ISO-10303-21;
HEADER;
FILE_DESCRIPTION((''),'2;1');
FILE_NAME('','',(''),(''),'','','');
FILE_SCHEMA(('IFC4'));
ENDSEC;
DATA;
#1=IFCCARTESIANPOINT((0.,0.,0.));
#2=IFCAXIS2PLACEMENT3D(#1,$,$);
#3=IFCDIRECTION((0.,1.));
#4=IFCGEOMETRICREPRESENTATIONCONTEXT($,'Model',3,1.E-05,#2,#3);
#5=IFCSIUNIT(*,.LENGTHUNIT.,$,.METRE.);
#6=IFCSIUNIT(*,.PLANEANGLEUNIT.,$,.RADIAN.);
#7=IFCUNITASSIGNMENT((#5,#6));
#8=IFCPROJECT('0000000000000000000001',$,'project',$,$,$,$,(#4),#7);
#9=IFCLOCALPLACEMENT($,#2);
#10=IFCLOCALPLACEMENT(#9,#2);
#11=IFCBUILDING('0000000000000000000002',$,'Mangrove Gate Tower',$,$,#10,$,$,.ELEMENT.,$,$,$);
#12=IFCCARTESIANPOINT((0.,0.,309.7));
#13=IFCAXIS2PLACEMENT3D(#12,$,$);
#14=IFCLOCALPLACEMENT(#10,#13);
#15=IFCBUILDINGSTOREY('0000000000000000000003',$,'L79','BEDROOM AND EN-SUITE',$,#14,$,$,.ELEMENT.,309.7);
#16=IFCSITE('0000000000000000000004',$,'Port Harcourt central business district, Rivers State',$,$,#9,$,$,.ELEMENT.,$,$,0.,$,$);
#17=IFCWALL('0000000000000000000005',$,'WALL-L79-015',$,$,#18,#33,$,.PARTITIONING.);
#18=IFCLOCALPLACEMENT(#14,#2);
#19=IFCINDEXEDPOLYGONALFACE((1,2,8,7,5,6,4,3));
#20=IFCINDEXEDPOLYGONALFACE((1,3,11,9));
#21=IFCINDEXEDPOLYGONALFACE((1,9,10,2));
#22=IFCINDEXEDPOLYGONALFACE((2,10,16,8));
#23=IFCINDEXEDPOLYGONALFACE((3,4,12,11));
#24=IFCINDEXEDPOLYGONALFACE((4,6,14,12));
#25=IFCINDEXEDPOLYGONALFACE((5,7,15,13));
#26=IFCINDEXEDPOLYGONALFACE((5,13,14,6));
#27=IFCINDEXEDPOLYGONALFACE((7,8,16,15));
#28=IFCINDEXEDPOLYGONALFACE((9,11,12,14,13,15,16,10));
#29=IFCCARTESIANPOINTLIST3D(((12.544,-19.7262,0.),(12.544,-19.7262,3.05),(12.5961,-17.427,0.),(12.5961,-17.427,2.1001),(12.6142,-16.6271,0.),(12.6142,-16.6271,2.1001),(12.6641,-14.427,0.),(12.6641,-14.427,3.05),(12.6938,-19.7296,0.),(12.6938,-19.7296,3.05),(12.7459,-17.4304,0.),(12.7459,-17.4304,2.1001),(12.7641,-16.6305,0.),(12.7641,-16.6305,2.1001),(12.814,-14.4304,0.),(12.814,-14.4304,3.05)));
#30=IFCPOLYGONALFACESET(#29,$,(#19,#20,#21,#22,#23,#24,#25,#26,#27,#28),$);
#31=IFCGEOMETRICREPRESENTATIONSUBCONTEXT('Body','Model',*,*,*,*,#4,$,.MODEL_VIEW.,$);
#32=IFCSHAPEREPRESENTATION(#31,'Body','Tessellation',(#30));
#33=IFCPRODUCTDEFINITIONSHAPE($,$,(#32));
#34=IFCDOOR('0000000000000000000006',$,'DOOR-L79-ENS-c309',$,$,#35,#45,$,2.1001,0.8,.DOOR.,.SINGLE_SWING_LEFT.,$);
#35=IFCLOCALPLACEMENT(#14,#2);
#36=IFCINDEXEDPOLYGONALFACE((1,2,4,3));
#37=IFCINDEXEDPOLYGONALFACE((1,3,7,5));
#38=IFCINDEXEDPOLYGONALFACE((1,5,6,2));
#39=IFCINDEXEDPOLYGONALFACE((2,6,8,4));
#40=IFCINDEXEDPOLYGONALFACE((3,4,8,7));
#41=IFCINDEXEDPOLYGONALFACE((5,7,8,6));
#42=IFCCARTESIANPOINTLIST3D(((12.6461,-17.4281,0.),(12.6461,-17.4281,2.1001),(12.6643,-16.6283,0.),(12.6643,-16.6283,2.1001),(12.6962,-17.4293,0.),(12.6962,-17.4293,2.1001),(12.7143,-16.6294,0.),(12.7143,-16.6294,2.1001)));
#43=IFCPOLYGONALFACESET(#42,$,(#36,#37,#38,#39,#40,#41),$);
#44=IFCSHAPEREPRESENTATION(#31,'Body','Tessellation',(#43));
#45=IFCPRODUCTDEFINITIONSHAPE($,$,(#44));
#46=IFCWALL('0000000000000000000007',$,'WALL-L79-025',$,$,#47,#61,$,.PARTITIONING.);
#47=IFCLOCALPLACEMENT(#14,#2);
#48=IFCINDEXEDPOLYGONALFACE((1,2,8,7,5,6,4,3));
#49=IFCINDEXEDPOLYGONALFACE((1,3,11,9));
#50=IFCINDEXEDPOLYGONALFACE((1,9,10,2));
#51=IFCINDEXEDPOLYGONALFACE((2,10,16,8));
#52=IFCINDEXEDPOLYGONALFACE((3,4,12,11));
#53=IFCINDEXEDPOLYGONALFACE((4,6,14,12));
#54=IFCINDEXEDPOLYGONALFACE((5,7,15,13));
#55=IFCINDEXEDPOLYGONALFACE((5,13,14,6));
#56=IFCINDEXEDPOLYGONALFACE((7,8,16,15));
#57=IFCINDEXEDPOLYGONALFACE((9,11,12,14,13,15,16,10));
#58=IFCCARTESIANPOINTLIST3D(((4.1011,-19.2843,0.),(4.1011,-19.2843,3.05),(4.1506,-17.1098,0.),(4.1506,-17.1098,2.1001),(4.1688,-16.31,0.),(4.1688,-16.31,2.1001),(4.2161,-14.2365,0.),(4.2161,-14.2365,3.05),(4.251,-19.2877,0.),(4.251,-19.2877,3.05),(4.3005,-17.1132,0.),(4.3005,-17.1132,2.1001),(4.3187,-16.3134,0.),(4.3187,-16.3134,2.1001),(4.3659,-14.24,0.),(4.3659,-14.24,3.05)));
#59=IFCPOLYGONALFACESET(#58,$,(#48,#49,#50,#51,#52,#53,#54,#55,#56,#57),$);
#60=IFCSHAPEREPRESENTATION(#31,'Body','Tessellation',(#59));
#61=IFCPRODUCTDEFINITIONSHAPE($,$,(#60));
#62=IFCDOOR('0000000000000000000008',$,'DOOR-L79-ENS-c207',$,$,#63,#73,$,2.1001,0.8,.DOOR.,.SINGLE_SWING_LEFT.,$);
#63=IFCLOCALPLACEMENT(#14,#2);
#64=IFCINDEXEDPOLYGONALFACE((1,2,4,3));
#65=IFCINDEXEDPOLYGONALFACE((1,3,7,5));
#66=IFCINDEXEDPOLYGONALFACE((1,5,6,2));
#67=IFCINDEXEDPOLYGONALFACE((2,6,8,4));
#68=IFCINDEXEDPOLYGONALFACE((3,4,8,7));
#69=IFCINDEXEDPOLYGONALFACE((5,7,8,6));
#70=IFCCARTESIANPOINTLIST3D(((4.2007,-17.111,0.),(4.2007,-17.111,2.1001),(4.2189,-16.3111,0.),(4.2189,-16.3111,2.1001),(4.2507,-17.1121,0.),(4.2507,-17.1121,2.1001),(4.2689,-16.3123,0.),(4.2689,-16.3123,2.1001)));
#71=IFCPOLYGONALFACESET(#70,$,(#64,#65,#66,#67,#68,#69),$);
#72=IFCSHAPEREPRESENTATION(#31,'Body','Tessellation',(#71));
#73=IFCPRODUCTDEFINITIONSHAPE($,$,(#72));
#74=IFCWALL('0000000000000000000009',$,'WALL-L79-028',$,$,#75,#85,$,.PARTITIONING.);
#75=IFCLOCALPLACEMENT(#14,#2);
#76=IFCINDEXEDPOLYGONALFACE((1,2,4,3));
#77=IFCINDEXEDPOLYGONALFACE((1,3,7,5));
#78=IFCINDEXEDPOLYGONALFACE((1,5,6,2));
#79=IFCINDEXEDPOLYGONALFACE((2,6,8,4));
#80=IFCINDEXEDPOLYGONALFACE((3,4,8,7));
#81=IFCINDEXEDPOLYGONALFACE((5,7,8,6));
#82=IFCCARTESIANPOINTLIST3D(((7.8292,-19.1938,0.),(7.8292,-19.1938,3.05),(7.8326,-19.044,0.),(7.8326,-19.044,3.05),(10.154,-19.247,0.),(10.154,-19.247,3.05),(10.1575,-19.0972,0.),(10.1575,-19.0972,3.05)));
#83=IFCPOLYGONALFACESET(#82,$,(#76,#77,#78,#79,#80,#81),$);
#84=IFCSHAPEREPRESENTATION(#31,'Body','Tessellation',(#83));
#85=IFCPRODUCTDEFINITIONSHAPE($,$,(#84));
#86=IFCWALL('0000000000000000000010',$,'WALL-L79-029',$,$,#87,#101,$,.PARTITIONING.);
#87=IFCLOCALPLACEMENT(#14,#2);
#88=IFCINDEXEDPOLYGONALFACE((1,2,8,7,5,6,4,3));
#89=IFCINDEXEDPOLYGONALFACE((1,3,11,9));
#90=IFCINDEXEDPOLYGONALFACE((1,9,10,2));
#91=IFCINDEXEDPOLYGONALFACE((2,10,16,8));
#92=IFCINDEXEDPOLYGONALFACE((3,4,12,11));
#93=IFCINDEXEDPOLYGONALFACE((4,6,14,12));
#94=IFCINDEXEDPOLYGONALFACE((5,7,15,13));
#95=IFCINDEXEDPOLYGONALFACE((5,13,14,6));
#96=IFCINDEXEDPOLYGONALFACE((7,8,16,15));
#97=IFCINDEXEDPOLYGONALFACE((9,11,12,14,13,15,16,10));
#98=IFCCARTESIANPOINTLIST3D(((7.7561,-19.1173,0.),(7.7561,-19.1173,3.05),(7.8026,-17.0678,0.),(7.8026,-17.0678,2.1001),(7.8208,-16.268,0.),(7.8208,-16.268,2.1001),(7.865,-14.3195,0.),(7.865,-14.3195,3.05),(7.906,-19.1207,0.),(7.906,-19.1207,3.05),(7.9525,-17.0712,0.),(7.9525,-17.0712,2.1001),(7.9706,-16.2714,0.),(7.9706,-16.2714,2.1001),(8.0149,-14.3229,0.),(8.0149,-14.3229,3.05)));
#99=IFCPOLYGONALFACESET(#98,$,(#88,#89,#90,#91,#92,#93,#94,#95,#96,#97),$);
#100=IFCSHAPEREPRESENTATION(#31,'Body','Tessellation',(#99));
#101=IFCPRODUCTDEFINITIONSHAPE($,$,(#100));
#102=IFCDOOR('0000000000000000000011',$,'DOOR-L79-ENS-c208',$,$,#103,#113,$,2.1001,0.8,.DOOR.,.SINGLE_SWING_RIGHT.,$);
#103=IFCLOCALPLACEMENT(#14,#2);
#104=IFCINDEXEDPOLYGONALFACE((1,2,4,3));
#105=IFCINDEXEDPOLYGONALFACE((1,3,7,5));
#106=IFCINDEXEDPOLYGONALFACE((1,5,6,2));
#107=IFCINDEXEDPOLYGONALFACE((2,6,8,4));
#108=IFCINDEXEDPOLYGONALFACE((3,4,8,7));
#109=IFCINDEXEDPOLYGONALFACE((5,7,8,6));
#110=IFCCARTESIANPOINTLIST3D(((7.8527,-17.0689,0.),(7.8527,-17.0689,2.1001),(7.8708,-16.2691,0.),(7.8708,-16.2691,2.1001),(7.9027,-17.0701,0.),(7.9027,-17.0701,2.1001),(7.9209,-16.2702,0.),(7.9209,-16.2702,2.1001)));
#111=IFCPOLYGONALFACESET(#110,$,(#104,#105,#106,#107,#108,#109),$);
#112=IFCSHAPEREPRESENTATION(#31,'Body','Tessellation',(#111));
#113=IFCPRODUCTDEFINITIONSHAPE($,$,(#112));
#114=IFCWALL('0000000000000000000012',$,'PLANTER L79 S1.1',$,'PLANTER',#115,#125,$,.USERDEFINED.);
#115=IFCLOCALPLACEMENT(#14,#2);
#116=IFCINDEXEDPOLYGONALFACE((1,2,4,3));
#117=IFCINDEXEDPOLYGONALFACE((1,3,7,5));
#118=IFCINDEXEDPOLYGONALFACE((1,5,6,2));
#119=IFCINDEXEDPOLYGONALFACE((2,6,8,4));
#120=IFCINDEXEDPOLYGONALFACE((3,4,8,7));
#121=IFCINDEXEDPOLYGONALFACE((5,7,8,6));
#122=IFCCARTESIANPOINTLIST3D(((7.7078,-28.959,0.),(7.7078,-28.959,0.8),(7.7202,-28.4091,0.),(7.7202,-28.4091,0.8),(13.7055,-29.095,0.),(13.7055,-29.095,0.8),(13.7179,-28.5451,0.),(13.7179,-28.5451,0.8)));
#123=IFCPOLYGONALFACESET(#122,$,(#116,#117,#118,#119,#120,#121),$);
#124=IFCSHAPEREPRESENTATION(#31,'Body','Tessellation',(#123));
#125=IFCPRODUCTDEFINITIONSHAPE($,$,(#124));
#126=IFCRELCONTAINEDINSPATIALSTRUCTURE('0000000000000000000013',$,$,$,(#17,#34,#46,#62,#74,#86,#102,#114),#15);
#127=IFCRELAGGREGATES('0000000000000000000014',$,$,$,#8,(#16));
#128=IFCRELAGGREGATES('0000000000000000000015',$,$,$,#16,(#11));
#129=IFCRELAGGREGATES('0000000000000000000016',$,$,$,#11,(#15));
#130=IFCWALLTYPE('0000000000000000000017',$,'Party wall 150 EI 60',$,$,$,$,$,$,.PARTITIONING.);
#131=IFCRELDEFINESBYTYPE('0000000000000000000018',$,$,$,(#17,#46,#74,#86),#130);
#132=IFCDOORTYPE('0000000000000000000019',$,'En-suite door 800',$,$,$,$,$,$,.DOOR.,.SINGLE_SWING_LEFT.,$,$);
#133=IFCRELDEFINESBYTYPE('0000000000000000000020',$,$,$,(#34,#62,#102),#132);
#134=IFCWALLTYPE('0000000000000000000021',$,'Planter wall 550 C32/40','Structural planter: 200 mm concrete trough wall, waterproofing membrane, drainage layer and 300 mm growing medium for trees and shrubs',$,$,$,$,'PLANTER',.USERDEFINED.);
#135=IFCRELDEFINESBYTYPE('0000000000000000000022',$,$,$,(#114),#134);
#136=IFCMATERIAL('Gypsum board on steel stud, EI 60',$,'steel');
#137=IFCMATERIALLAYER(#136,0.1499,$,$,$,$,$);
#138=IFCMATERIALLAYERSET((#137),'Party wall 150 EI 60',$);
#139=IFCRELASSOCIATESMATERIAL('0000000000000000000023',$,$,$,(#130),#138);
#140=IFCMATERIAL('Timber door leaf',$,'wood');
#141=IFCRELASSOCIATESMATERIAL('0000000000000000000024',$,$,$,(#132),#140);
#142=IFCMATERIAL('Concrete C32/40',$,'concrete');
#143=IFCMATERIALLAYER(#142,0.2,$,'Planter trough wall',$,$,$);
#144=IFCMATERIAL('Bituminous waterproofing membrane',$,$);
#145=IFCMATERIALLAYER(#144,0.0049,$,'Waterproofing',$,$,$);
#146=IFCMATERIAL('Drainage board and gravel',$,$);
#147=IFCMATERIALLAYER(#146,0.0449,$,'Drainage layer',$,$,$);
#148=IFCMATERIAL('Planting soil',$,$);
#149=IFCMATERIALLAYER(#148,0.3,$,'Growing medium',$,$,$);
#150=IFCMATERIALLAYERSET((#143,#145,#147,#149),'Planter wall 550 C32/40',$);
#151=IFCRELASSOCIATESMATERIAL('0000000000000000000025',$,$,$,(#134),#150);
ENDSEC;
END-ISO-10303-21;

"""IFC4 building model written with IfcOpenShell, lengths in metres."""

from ifc_helpers import new_model, si_unit, direction, frame, frame_2d, origin, place, context, subcontext, project, spatial, rectangle, extrude, material, layer, layer_set, type_object, element, fill, save


model = new_model("IFC4")

# Units and contexts
model_context = context("Model", 3, precision=1e-05, world=origin(), true_north=direction((0.0, 1.0)))
body_context = subcontext(model_context, "Body", "Model", "MODEL_VIEW")
ifc_project = project(units=[si_unit("LENGTHUNIT", "METRE"), si_unit("PLANEANGLEUNIT", "RADIAN")], contexts=[model_context])

# Site, building, storey
site_placement = place(None, origin())
site = spatial("IfcSite", under=ifc_project, at=site_placement, Name="Port Harcourt central business district, Rivers State", CompositionType="ELEMENT", RefElevation=0.0)
building_placement = place(site_placement, origin())
building = spatial("IfcBuilding", under=site, at=building_placement, Name="Mangrove Gate Tower", CompositionType="ELEMENT")
storey_placement = place(building_placement, frame((0.0, 0.0, 309.7)))
storey = spatial("IfcBuildingStorey", under=building, at=storey_placement, Name="L79", Description="BEDROOM AND EN-SUITE", CompositionType="ELEMENT", Elevation=309.7)

# Shared definitions
ifc_material_1 = material(Name="Gypsum board on steel stud, EI 60", Category="steel")
ifc_layer_1 = layer(ifc_material_1, 0.1499)
ifc_layer_set_1 = layer_set([ifc_layer_1], Name="Party wall 150 EI 60")
wall_type_1 = type_object("IfcWallType", Name="Party wall 150 EI 60", PredefinedType="PARTITIONING", material=ifc_layer_set_1)

# Walls, openings, doors
wall_1_placement = place(storey_placement, frame((12.6189, -19.728, 0.0), z_axis=(0.0, 0.0, 1.0), x_axis=(0.022662, 0.999743, 0.0)))
wall_1 = element("IfcWall", 1, at=wall_1_placement, inside=storey, type_object=wall_type_1, Name="WALL-L79-015", PredefinedType="PARTITIONING", context=body_context, shape_type="SweptSolid", body=[
    extrude(rectangle(XDim=5.3005, YDim=0.1499, at=frame_2d((2.6504, 0.0))), origin(), (0.0, 0.0, 1.0), 3.05),
])
opening_1_placement = place(wall_1_placement, frame((2.3, 0.0, 0.0)))
opening_1 = element("IfcOpeningElement", 2, at=opening_1_placement, cuts=wall_1, PredefinedType="OPENING", context=body_context, shape_type="SweptSolid", body=[
    extrude(rectangle(XDim=0.8, YDim=2.1001, at=frame_2d((0.3999, 1.05))), frame((0.0, 0.085, 0.0), z_axis=(0.0, -1.0, 0.0), x_axis=(1.0, 0.0, 0.0)), (0.0, 0.0, 1.0), 0.1699),
])
ifc_material_2 = material(Name="Timber door leaf", Category="wood")
door_type_1 = type_object("IfcDoorType", Name="En-suite door 800", OperationType="SINGLE_SWING_LEFT", PredefinedType="DOOR", material=ifc_material_2)
door_1_placement = place(opening_1_placement, origin())
door_1 = element("IfcDoor", 3, at=door_1_placement, inside=storey, type_object=door_type_1, Name="DOOR-L79-ENS-c309", OperationType="SINGLE_SWING_LEFT", OverallHeight=2.1001, OverallWidth=0.8, PredefinedType="DOOR", context=body_context, shape_type="SweptSolid", body=[
    extrude(rectangle(XDim=0.8, YDim=2.1001, at=frame_2d((0.3999, 1.05))), frame((0.0, 0.0249, 0.0), z_axis=(0.0, -1.0, 0.0), x_axis=(1.0, 0.0, 0.0)), (0.0, 0.0, 1.0), 0.05),
])
fill(opening_1, door_1)
wall_2_placement = place(storey_placement, frame((4.176, -19.2859, 0.0), z_axis=(0.0, 0.0, 1.0), x_axis=(0.022774, 0.999741, 0.0)))
wall_2 = element("IfcWall", 4, at=wall_2_placement, inside=storey, type_object=wall_type_1, Name="WALL-L79-025", PredefinedType="PARTITIONING", context=body_context, shape_type="SweptSolid", body=[
    extrude(rectangle(XDim=5.0491, YDim=0.1499, at=frame_2d((2.5244, 0.0))), origin(), (0.0, 0.0, 1.0), 3.05),
])
opening_2_placement = place(wall_2_placement, frame((2.175, 0.0, 0.0)))
opening_2 = element("IfcOpeningElement", 5, at=opening_2_placement, cuts=wall_2, PredefinedType="OPENING", context=body_context, shape_type="SweptSolid", body=[
    extrude(rectangle(XDim=0.8, YDim=2.1001, at=frame_2d((0.3999, 1.05))), frame((0.0, 0.085, 0.0), z_axis=(0.0, -1.0, 0.0), x_axis=(1.0, 0.0, 0.0)), (0.0, 0.0, 1.0), 0.1699),
])
door_2_placement = place(opening_2_placement, origin())
door_2 = element("IfcDoor", 6, at=door_2_placement, inside=storey, type_object=door_type_1, Name="DOOR-L79-ENS-c207", OperationType="SINGLE_SWING_LEFT", OverallHeight=2.1001, OverallWidth=0.8, PredefinedType="DOOR", context=body_context, shape_type="SweptSolid", body=[
    extrude(rectangle(XDim=0.8, YDim=2.1001, at=frame_2d((0.3999, 1.05))), frame((0.0, 0.0249, 0.0), z_axis=(0.0, -1.0, 0.0), x_axis=(1.0, 0.0, 0.0)), (0.0, 0.0, 1.0), 0.05),
])
fill(opening_2, door_2)

# Wall
wall_3_placement = place(storey_placement, frame((7.8311, -19.1189, 0.0), z_axis=(0.0, 0.0, 1.0), x_axis=(0.999738, -0.022886, 0.0)))
element("IfcWall", 7, at=wall_3_placement, inside=storey, type_object=wall_type_1, Name="WALL-L79-028", PredefinedType="PARTITIONING", context=body_context, shape_type="SweptSolid", body=[
    extrude(rectangle(XDim=2.3254, YDim=0.1499, at=frame_2d((1.1626, 0.0))), origin(), (0.0, 0.0, 1.0), 3.05),
])

# Wall, opening, door
wall_4_placement = place(storey_placement, frame((7.8311, -19.1189, 0.0), z_axis=(0.0, 0.0, 1.0), x_axis=(0.022689, 0.999743, 0.0)))
wall_4 = element("IfcWall", 8, at=wall_4_placement, inside=storey, type_object=wall_type_1, Name="WALL-L79-029", PredefinedType="PARTITIONING", context=body_context, shape_type="SweptSolid", body=[
    extrude(rectangle(XDim=4.7991, YDim=0.1499, at=frame_2d((2.3994, 0.0))), origin(), (0.0, 0.0, 1.0), 3.05),
])
opening_3_placement = place(wall_4_placement, frame((2.05, 0.0, 0.0)))
opening_3 = element("IfcOpeningElement", 9, at=opening_3_placement, cuts=wall_4, PredefinedType="OPENING", context=body_context, shape_type="SweptSolid", body=[
    extrude(rectangle(XDim=0.8, YDim=2.1001, at=frame_2d((0.3999, 1.05))), frame((0.0, 0.085, 0.0), z_axis=(0.0, -1.0, 0.0), x_axis=(1.0, 0.0, 0.0)), (0.0, 0.0, 1.0), 0.1699),
])
door_3_placement = place(opening_3_placement, origin())
door_3 = element("IfcDoor", 10, at=door_3_placement, inside=storey, type_object=door_type_1, Name="DOOR-L79-ENS-c208", OperationType="SINGLE_SWING_RIGHT", OverallHeight=2.1001, OverallWidth=0.8, PredefinedType="DOOR", context=body_context, shape_type="SweptSolid", body=[
    extrude(rectangle(XDim=0.8, YDim=2.1001, at=frame_2d((0.3999, 1.05))), frame((0.0, 0.0249, 0.0), z_axis=(0.0, -1.0, 0.0), x_axis=(1.0, 0.0, 0.0)), (0.0, 0.0, 1.0), 0.05),
])
fill(opening_3, door_3)

# Wall
ifc_material_3 = material(Name="Concrete C32/40", Category="concrete")
ifc_layer_2 = layer(ifc_material_3, 0.2, Name="Planter trough wall")
ifc_material_4 = material(Name="Bituminous waterproofing membrane")
ifc_layer_3 = layer(ifc_material_4, 0.0049, Name="Waterproofing")
ifc_material_5 = material(Name="Drainage board and gravel")
ifc_layer_4 = layer(ifc_material_5, 0.0449, Name="Drainage layer")
ifc_material_6 = material(Name="Planting soil")
ifc_layer_5 = layer(ifc_material_6, 0.3, Name="Growing medium")
ifc_layer_set_2 = layer_set([ifc_layer_2, ifc_layer_3, ifc_layer_4, ifc_layer_5], Name="Planter wall 550 C32/40")
wall_type_2 = type_object("IfcWallType", Name="Planter wall 550 C32/40", Description="Structural planter: 200 mm concrete trough wall, waterproofing membrane, drainage layer and 300 mm growing medium for trees and shrubs", ElementType="PLANTER", PredefinedType="USERDEFINED", material=ifc_layer_set_2)
wall_5_placement = place(storey_placement, frame((7.7141, -28.6841, 0.0), z_axis=(0.0, 0.0, 1.0), x_axis=(0.999743, -0.022667, 0.0)))
element("IfcWall", 11, at=wall_5_placement, inside=storey, type_object=wall_type_2, Name="PLANTER L79 S1.1", ObjectType="PLANTER", PredefinedType="USERDEFINED", context=body_context, shape_type="SweptSolid", body=[
    extrude(rectangle(XDim=5.9993, YDim=0.55, at=frame_2d((2.9995, 0.0))), origin(), (0.0, 0.0, 1.0), 0.8),
])

save(model, "model.ifc")
